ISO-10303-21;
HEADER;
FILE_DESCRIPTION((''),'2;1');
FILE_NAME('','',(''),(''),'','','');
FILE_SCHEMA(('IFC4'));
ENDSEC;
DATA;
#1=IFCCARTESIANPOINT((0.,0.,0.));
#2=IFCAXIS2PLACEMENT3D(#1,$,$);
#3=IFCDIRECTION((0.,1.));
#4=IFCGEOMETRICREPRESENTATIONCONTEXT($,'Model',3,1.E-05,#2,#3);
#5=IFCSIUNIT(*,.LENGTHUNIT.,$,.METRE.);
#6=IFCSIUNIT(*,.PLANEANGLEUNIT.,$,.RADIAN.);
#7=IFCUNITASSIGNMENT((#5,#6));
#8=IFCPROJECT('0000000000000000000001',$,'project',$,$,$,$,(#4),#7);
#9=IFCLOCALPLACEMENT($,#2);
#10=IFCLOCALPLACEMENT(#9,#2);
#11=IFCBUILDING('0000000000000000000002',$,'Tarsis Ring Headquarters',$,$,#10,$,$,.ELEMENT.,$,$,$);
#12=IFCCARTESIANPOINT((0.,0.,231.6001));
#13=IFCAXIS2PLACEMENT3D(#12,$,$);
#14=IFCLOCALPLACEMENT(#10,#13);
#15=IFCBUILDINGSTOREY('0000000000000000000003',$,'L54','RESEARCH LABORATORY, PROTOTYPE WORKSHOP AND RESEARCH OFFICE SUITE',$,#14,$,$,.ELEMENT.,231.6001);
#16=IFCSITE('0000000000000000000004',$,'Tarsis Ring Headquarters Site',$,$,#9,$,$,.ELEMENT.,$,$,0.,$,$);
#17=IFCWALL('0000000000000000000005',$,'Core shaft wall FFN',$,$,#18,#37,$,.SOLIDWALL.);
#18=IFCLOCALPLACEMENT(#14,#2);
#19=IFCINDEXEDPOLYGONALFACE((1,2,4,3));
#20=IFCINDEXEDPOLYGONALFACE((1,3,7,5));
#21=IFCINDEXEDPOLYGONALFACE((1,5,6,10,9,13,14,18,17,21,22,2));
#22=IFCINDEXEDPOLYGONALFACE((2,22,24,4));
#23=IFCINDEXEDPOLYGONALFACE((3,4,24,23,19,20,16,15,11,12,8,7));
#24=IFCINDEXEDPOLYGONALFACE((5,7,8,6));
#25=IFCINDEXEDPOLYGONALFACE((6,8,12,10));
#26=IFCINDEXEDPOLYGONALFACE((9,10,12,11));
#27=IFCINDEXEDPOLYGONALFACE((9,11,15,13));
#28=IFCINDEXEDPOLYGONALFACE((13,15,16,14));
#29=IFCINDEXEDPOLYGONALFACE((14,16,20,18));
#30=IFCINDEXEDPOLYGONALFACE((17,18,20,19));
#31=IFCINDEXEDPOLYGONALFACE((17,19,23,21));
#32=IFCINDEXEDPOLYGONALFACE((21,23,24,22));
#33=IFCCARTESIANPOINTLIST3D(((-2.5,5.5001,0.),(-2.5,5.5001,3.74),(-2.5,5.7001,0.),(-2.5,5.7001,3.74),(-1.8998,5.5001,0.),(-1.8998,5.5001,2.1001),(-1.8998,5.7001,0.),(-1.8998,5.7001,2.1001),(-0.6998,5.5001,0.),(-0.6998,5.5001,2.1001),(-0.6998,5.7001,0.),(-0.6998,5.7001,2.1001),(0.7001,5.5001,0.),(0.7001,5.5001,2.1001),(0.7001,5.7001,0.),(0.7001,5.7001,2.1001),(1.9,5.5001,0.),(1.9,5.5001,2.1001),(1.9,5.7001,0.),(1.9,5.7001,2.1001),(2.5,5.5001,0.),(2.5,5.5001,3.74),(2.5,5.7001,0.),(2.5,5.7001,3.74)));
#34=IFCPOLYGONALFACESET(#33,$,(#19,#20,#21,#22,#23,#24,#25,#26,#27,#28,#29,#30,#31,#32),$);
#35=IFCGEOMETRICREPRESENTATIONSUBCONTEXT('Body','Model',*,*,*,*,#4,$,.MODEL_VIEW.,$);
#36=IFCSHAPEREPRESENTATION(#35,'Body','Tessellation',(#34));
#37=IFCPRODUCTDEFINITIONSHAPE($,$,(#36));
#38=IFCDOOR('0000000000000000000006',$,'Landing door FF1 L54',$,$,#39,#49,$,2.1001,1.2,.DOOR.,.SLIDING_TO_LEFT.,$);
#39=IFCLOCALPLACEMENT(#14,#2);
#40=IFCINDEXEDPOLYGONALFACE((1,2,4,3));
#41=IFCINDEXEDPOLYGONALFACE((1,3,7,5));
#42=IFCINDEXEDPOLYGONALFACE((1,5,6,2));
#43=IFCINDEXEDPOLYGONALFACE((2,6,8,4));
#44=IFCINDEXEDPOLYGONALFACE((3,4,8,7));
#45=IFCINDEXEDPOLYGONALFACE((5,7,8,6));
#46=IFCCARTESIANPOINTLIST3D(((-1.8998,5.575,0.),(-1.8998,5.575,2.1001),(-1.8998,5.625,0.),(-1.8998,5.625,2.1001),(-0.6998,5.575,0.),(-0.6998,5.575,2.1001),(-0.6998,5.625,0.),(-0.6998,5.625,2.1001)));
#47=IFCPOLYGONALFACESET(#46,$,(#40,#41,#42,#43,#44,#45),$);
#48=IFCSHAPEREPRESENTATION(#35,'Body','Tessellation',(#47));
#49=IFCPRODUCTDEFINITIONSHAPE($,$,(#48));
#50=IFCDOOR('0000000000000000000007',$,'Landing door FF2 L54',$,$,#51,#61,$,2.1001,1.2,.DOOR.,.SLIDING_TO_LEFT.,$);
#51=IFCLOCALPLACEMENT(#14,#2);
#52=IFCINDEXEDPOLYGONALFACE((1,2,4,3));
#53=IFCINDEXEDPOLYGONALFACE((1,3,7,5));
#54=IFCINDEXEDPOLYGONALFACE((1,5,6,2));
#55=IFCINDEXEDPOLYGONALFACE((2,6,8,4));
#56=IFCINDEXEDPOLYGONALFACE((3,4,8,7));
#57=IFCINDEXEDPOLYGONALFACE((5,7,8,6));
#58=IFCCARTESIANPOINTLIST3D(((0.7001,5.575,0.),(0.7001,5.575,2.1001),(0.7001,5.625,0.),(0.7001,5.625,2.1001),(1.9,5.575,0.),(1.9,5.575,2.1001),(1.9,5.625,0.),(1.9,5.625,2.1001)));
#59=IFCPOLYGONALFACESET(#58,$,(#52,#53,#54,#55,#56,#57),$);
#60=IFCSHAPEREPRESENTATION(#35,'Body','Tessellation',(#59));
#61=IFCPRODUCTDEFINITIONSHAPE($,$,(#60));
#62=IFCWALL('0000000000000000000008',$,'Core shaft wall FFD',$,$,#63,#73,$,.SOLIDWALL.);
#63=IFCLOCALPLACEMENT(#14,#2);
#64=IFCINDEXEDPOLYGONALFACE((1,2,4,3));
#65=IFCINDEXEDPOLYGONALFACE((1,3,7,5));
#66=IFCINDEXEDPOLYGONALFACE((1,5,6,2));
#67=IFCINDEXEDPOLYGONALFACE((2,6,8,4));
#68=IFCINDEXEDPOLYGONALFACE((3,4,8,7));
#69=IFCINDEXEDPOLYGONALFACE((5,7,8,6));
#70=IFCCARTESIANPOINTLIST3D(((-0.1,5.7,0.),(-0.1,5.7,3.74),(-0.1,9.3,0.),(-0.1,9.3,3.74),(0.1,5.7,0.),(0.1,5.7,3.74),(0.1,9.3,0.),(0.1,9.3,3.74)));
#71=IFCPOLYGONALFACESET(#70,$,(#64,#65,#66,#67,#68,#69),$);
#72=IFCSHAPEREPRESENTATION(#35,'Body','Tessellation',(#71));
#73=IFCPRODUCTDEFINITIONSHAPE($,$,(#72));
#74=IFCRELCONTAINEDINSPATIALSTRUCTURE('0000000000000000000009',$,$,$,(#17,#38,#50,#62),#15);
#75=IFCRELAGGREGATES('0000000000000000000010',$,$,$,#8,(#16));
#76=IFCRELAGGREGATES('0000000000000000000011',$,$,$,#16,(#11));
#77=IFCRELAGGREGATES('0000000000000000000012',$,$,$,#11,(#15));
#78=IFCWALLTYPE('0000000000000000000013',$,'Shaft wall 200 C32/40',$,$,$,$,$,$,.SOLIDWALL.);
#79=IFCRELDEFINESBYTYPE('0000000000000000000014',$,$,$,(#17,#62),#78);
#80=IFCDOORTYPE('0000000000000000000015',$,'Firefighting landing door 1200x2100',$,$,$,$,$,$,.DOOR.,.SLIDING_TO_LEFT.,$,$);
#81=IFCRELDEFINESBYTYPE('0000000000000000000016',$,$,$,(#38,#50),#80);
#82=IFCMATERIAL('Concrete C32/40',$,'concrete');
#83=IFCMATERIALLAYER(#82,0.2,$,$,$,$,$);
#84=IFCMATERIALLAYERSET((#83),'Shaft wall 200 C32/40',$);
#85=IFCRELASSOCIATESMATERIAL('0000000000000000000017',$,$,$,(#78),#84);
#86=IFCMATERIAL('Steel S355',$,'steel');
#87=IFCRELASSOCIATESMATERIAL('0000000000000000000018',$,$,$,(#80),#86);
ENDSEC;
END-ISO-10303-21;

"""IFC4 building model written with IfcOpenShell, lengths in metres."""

from ifc_helpers import new_model, si_unit, direction, frame, frame_2d, origin, place, context, subcontext, project, spatial, rectangle, extrude, material, layer, layer_set, type_object, element, fill, save


model = new_model("IFC4")

# Units and contexts
model_context = context("Model", 3, precision=1e-05, world=origin(), true_north=direction((0.0, 1.0)))
body_context = subcontext(model_context, "Body", "Model", "MODEL_VIEW")
ifc_project = project(units=[si_unit("LENGTHUNIT", "METRE"), si_unit("PLANEANGLEUNIT", "RADIAN")], contexts=[model_context])

# Site, building, storey
site_placement = place(None, origin())
site = spatial("IfcSite", under=ifc_project, at=site_placement, Name="Tarsis Ring Headquarters Site", CompositionType="ELEMENT", RefElevation=0.0)
building_placement = place(site_placement, origin())
building = spatial("IfcBuilding", under=site, at=building_placement, Name="Tarsis Ring Headquarters", CompositionType="ELEMENT")
storey_placement = place(building_placement, frame((0.0, 0.0, 231.6001)))
storey = spatial("IfcBuildingStorey", under=building, at=storey_placement, Name="L54", Description="RESEARCH LABORATORY, PROTOTYPE WORKSHOP AND RESEARCH OFFICE SUITE", CompositionType="ELEMENT", Elevation=231.6001)

# Shared definitions
ifc_material_1 = material(Name="Concrete C32/40", Category="concrete")
ifc_layer_1 = layer(ifc_material_1, 0.2)
ifc_layer_set_1 = layer_set([ifc_layer_1], Name="Shaft wall 200 C32/40")
wall_type_1 = type_object("IfcWallType", Name="Shaft wall 200 C32/40", PredefinedType="SOLIDWALL", material=ifc_layer_set_1)

# Wall, openings, doors
wall_1_placement = place(storey_placement, frame((-2.5, 5.6001, 0.0), z_axis=(0.0, 0.0, 1.0), x_axis=(1.0, 0.0, 0.0)))
wall_1 = element("IfcWall", 1, at=wall_1_placement, inside=storey, type_object=wall_type_1, Name="Core shaft wall FFN", PredefinedType="SOLIDWALL", context=body_context, shape_type="SweptSolid", body=[
    extrude(rectangle(XDim=5.0, YDim=0.2, at=frame_2d((2.5, 0.0))), origin(), (0.0, 0.0, 1.0), 3.74),
])
opening_1_placement = place(wall_1_placement, frame((0.6001, 0.0, 0.0)))
opening_1 = element("IfcOpeningElement", 2, at=opening_1_placement, cuts=wall_1, PredefinedType="OPENING", context=body_context, shape_type="SweptSolid", body=[
    extrude(rectangle(XDim=1.2, YDim=2.1001, at=frame_2d((0.6001, 1.05))), frame((0.0, 0.1099, 0.0), z_axis=(0.0, -1.0, 0.0), x_axis=(1.0, 0.0, 0.0)), (0.0, 0.0, 1.0), 0.22),
])
opening_2_placement = place(wall_1_placement, frame((3.2, 0.0, 0.0)))
opening_2 = element("IfcOpeningElement", 3, at=opening_2_placement, cuts=wall_1, PredefinedType="OPENING", context=body_context, shape_type="SweptSolid", body=[
    extrude(rectangle(XDim=1.2, YDim=2.1001, at=frame_2d((0.6001, 1.05))), frame((0.0, 0.1099, 0.0), z_axis=(0.0, -1.0, 0.0), x_axis=(1.0, 0.0, 0.0)), (0.0, 0.0, 1.0), 0.22),
])
ifc_material_2 = material(Name="Steel S355", Category="steel")
door_type = type_object("IfcDoorType", Name="Firefighting landing door 1200x2100", OperationType="SLIDING_TO_LEFT", PredefinedType="DOOR", material=ifc_material_2)
door_1_placement = place(opening_1_placement, origin())
door_1 = element("IfcDoor", 4, at=door_1_placement, inside=storey, type_object=door_type, Name="Landing door FF1 L54", OperationType="SLIDING_TO_LEFT", OverallHeight=2.1001, OverallWidth=1.2, PredefinedType="DOOR", context=body_context, shape_type="SweptSolid", body=[
    extrude(rectangle(XDim=1.2, YDim=2.1001, at=frame_2d((0.6001, 1.05))), frame((0.0, 0.0249, 0.0), z_axis=(0.0, -1.0, 0.0), x_axis=(1.0, 0.0, 0.0)), (0.0, 0.0, 1.0), 0.05),
])
fill(opening_1, door_1)
door_2_placement = place(opening_2_placement, origin())
door_2 = element("IfcDoor", 5, at=door_2_placement, inside=storey, type_object=door_type, Name="Landing door FF2 L54", OperationType="SLIDING_TO_LEFT", OverallHeight=2.1001, OverallWidth=1.2, PredefinedType="DOOR", context=body_context, shape_type="SweptSolid", body=[
    extrude(rectangle(XDim=1.2, YDim=2.1001, at=frame_2d((0.6001, 1.05))), frame((0.0, 0.0249, 0.0), z_axis=(0.0, -1.0, 0.0), x_axis=(1.0, 0.0, 0.0)), (0.0, 0.0, 1.0), 0.05),
])
fill(opening_2, door_2)

# Wall
wall_2_placement = place(storey_placement, frame((0.0, 5.7, 0.0), z_axis=(0.0, 0.0, 1.0), x_axis=(0.0, 1.0, 0.0)))
element("IfcWall", 6, at=wall_2_placement, inside=storey, type_object=wall_type_1, Name="Core shaft wall FFD", PredefinedType="SOLIDWALL", context=body_context, shape_type="SweptSolid", body=[
    extrude(rectangle(XDim=3.6001, YDim=0.2, at=frame_2d((1.8, 0.0))), origin(), (0.0, 0.0, 1.0), 3.74),
])

save(model, "model.ifc")
